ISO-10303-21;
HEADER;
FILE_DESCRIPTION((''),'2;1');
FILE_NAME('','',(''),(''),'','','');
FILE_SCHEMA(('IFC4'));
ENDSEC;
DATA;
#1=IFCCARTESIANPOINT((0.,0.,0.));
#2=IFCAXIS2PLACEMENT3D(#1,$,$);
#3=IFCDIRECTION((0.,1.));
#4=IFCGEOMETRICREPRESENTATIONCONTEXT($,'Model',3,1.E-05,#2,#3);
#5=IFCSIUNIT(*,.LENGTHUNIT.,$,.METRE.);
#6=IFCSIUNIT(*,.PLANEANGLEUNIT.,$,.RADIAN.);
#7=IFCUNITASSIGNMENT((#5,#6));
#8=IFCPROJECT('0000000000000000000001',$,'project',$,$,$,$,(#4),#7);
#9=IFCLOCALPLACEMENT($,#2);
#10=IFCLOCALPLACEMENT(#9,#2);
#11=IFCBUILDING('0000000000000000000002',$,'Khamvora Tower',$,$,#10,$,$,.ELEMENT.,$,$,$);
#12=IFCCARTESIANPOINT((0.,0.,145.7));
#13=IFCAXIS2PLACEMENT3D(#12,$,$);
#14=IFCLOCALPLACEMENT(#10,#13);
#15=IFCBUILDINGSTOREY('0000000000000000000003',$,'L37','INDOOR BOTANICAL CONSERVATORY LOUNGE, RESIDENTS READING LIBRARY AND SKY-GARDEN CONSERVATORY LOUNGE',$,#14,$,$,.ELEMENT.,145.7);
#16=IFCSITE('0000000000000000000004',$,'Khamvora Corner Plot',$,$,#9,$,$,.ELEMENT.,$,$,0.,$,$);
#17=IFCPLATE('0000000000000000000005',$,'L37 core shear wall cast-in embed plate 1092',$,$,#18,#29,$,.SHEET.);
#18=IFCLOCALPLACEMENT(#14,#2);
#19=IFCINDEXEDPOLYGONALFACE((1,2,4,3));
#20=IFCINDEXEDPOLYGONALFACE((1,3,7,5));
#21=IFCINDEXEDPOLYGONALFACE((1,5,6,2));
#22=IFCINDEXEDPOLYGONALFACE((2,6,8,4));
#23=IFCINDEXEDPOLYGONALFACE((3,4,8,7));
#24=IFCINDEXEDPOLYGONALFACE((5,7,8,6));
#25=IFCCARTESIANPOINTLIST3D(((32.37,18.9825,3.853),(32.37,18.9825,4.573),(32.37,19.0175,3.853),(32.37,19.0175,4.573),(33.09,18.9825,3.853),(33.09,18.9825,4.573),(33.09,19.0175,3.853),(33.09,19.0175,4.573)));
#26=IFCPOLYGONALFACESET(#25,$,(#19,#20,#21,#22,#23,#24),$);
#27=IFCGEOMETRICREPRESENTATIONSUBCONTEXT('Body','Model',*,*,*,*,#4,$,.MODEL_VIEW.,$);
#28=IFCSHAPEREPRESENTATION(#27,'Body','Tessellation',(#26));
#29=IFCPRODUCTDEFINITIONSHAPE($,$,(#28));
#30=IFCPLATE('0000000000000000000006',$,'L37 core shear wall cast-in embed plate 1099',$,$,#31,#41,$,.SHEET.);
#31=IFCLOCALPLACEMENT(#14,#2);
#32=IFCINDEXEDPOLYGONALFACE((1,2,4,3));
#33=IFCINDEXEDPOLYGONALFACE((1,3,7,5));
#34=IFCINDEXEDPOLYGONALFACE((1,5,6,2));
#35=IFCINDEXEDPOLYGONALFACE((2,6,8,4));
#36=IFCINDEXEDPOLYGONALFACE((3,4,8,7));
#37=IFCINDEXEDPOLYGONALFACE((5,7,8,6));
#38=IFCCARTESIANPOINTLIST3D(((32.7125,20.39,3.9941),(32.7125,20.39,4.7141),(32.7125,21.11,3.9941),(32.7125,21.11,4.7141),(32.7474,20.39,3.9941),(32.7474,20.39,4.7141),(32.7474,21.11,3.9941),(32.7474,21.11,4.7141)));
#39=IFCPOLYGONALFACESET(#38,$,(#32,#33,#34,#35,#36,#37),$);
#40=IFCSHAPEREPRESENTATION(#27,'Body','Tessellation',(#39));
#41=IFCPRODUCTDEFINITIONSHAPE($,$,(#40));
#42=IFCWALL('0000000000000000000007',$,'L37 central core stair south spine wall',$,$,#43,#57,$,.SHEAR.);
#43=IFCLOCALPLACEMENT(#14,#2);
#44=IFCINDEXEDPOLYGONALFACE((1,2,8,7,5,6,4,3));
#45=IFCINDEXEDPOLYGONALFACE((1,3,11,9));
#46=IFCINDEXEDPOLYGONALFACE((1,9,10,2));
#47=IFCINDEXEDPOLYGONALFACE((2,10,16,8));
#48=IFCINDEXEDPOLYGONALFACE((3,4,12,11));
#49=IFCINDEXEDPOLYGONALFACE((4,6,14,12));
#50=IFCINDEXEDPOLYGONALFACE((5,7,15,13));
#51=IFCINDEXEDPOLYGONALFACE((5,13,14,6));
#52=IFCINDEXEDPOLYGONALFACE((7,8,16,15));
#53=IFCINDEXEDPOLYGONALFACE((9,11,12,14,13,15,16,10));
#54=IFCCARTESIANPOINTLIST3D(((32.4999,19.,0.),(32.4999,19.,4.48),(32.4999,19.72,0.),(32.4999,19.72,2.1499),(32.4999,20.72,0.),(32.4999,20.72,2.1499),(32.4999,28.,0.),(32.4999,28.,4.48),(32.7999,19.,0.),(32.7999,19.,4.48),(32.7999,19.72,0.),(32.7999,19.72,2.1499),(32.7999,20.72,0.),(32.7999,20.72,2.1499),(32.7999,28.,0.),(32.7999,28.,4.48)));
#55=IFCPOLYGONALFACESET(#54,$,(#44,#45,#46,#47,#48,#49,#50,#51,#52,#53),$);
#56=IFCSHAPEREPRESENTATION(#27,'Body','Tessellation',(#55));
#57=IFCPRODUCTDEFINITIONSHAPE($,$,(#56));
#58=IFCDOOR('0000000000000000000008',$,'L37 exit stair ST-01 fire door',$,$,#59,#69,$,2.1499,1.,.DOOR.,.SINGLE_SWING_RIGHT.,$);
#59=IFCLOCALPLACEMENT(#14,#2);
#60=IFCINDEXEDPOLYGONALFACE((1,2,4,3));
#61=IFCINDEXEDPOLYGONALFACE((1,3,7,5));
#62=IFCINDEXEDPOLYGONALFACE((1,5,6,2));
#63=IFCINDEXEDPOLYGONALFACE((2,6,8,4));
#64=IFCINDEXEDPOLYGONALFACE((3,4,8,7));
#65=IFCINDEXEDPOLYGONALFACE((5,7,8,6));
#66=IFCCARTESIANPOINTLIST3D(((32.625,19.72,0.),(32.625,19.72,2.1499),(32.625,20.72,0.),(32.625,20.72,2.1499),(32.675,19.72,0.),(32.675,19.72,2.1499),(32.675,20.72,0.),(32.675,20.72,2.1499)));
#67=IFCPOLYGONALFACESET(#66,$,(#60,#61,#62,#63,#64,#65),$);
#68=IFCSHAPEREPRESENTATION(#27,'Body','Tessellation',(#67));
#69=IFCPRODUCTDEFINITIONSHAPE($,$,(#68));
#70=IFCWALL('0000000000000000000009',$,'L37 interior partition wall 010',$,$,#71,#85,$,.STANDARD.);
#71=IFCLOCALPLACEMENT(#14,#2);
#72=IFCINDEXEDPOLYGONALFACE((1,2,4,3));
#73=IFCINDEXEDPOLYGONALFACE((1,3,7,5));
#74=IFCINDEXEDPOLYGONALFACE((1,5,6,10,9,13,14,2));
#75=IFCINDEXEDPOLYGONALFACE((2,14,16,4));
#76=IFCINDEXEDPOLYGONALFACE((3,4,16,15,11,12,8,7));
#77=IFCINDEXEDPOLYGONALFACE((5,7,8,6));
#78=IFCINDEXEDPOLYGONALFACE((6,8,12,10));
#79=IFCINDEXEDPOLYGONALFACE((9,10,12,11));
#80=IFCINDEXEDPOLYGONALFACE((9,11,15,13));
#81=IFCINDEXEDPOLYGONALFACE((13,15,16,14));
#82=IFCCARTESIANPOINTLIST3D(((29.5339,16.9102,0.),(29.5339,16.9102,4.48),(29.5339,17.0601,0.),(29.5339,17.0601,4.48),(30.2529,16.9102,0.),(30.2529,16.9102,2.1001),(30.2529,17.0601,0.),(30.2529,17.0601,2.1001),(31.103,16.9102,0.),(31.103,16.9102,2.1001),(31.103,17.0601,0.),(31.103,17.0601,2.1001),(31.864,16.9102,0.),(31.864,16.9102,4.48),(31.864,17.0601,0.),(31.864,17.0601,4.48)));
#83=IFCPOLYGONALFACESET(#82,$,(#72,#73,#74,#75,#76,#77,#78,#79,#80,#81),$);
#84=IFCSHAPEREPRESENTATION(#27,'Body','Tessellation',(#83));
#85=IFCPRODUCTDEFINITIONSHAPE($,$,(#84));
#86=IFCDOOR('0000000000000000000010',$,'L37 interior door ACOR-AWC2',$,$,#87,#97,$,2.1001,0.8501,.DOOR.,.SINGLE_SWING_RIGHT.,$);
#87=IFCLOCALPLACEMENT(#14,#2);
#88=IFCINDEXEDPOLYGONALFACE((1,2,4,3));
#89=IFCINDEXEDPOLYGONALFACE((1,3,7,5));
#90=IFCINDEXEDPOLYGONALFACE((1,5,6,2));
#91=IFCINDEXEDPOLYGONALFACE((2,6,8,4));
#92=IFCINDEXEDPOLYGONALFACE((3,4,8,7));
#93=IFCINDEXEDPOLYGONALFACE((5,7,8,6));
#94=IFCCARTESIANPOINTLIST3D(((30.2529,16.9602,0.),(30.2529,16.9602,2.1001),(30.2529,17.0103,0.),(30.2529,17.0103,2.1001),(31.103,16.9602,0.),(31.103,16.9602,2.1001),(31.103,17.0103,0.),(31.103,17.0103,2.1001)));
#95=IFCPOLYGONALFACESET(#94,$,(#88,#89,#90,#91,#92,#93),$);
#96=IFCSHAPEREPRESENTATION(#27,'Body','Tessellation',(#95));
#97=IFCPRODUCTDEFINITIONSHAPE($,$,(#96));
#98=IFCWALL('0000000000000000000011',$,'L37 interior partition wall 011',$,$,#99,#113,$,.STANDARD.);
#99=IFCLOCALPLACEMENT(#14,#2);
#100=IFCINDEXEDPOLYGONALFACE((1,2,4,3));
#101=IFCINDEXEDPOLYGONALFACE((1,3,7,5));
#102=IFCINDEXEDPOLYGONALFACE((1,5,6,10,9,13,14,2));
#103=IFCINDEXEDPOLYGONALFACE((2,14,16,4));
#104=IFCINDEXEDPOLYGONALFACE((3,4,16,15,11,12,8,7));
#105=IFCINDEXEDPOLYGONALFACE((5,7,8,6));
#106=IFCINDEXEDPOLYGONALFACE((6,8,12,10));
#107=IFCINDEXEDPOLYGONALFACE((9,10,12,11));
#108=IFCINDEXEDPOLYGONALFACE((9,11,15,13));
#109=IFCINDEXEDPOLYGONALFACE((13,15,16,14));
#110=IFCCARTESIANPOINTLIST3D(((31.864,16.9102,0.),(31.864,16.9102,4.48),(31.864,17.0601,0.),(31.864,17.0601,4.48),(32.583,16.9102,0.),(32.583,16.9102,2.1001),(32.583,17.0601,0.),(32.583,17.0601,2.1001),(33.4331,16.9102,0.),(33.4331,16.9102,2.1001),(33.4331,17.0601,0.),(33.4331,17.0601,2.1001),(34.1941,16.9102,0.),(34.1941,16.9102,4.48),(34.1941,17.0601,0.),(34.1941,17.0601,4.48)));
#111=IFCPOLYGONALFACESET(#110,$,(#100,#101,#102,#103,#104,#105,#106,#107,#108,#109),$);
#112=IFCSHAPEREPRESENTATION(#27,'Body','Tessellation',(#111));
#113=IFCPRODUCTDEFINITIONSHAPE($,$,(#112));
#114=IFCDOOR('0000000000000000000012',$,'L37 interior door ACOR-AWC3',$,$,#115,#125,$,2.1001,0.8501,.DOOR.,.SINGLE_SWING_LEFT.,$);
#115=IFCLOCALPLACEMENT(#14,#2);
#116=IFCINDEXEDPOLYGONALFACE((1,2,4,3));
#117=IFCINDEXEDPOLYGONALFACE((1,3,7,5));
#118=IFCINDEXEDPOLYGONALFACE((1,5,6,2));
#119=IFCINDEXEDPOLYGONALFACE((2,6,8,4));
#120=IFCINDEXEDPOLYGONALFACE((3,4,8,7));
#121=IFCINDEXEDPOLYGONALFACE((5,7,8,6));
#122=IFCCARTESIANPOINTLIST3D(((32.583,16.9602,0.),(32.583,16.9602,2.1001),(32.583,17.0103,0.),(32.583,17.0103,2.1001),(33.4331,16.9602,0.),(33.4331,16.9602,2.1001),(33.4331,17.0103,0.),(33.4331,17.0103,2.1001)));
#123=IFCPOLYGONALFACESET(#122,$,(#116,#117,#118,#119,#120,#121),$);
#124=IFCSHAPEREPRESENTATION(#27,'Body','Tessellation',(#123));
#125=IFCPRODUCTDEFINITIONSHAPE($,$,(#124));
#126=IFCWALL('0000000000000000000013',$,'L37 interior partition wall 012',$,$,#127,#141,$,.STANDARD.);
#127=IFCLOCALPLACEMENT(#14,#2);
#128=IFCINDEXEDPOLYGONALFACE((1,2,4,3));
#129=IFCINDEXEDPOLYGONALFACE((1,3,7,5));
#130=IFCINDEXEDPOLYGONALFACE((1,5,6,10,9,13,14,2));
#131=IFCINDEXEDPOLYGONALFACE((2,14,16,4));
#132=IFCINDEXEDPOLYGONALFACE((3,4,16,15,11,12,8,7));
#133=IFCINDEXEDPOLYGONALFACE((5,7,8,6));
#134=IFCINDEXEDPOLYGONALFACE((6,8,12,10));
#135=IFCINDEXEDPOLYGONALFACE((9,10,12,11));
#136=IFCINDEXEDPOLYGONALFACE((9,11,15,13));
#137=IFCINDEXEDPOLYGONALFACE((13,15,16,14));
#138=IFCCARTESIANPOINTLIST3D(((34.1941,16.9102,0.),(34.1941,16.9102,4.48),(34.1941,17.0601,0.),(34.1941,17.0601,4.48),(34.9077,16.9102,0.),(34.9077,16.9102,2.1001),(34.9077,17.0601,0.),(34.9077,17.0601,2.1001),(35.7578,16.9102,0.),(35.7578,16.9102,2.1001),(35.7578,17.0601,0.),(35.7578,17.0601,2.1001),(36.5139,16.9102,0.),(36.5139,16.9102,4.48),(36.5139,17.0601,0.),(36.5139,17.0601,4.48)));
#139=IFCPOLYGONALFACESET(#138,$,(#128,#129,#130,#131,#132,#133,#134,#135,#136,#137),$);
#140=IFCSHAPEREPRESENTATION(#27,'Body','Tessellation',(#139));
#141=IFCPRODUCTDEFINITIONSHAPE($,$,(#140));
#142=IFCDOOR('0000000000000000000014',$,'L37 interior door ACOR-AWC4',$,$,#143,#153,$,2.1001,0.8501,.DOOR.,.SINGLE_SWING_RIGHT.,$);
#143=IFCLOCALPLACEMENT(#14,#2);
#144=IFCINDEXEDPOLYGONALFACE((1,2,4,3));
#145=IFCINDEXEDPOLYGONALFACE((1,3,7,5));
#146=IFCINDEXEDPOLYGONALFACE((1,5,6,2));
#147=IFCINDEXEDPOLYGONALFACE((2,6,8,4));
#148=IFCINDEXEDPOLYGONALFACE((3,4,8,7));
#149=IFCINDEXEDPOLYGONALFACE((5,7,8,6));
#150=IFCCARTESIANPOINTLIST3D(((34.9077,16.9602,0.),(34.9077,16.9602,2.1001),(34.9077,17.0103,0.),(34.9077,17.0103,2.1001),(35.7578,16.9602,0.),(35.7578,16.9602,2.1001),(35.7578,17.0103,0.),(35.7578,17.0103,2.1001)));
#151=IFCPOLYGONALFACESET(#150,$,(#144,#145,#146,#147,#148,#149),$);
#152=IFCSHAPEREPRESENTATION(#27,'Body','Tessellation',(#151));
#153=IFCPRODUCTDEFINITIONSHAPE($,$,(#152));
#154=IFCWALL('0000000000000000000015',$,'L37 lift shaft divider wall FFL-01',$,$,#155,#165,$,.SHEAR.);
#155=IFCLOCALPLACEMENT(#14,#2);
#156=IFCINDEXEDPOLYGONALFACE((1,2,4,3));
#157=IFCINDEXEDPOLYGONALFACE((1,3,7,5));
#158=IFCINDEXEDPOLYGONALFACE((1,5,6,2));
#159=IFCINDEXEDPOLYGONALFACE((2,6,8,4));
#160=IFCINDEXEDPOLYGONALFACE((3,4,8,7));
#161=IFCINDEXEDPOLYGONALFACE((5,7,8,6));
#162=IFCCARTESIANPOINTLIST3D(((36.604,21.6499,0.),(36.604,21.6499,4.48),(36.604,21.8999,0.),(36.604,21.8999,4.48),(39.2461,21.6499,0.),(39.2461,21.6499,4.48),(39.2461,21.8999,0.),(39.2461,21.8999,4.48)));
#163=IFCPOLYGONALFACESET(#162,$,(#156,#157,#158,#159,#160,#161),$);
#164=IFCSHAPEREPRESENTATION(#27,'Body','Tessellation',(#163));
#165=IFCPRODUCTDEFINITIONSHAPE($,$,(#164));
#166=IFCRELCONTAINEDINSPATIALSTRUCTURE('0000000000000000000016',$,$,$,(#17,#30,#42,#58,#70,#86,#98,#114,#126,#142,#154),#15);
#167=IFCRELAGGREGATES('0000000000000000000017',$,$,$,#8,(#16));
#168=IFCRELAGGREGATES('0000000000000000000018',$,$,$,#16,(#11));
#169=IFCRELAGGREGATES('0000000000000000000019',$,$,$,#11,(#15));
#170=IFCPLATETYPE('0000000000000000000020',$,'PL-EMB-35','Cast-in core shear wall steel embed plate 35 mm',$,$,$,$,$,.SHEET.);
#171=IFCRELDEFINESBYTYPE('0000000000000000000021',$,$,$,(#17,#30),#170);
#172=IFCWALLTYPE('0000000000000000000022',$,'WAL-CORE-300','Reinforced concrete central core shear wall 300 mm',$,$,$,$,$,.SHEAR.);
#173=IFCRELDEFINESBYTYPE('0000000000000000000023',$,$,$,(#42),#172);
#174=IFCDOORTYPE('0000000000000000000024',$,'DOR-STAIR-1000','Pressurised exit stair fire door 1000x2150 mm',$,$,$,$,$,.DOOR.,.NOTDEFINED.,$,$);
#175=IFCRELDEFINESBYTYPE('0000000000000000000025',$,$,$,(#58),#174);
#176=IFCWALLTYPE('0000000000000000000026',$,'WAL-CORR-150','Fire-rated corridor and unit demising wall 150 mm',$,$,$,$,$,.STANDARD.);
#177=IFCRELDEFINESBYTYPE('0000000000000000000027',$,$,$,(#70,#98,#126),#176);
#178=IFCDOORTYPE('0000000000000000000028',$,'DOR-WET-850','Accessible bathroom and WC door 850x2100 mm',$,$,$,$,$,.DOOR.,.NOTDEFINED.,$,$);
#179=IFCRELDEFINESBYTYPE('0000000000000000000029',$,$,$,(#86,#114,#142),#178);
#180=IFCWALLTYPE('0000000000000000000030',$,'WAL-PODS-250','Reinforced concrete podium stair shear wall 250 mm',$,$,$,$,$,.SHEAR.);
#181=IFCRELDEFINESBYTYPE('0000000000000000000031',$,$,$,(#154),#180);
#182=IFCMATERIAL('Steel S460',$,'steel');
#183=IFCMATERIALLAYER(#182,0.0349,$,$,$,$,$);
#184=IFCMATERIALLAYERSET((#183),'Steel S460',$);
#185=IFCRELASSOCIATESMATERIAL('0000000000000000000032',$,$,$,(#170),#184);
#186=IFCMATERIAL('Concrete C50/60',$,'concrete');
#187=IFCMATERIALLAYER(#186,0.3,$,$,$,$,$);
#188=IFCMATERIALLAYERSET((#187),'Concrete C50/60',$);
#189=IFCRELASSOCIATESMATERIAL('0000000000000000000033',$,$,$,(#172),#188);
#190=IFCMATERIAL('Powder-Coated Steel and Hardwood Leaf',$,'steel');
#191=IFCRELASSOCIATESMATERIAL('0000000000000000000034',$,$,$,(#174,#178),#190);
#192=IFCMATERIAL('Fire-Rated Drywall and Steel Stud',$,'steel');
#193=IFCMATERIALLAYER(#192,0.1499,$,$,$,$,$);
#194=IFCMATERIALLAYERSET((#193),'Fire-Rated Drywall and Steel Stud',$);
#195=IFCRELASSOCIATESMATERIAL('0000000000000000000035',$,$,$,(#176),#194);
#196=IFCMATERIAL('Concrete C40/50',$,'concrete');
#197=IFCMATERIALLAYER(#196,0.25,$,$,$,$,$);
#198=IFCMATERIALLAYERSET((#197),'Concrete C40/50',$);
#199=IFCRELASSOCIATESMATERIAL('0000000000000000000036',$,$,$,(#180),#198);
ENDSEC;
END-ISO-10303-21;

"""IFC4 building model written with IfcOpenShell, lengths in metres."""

from ifc_helpers import new_model, si_unit, direction, frame, frame_2d, origin, origin_2d, place, context, subcontext, project, spatial, rectangle, extrude, material, layer, layer_set, type_object, element, fill, save


model = new_model("IFC4")

# Units and contexts
model_context = context("Model", 3, precision=1e-05, world=origin(), true_north=direction((0.0, 1.0)))
body_context = subcontext(model_context, "Body", "Model", "MODEL_VIEW")
ifc_project = project(units=[si_unit("LENGTHUNIT", "METRE"), si_unit("PLANEANGLEUNIT", "RADIAN")], contexts=[model_context])

# Site, building, storey
site_placement = place(None, origin())
site = spatial("IfcSite", under=ifc_project, at=site_placement, Name="Khamvora Corner Plot", CompositionType="ELEMENT", RefElevation=0.0)
building_placement = place(site_placement, origin())
building = spatial("IfcBuilding", under=site, at=building_placement, Name="Khamvora Tower", CompositionType="ELEMENT")
storey_placement = place(building_placement, frame((0.0, 0.0, 145.7)))
storey = spatial("IfcBuildingStorey", under=building, at=storey_placement, Name="L37", Description="INDOOR BOTANICAL CONSERVATORY LOUNGE, RESIDENTS READING LIBRARY AND SKY-GARDEN CONSERVATORY LOUNGE", CompositionType="ELEMENT", Elevation=145.7)

# Shared definitions
ifc_material_1 = material(Name="Steel S460", Category="steel")

# Plates
ifc_layer_1 = layer(ifc_material_1, 0.0349)
ifc_layer_set_1 = layer_set([ifc_layer_1], Name="Steel S460")
plate_type = type_object("IfcPlateType", Name="PL-EMB-35", Description="Cast-in core shear wall steel embed plate 35 mm", PredefinedType="SHEET", material=ifc_layer_set_1)
plate_1_placement = place(storey_placement, frame((32.73, 19.0, 3.853), z_axis=(0.0, 0.0, 1.0), x_axis=(1.0, 0.0, 0.0)))
element("IfcPlate", 1, at=plate_1_placement, inside=storey, type_object=plate_type, Name="L37 core shear wall cast-in embed plate 1092", PredefinedType="SHEET", context=body_context, shape_type="SweptSolid", body=[
    extrude(rectangle(XDim=0.72, YDim=0.0349, at=origin_2d()), origin(), (0.0, 0.0, 1.0), 0.72),
])
plate_2_placement = place(storey_placement, frame((32.73, 20.75, 3.9941), z_axis=(0.0, 0.0, 1.0), x_axis=(1.0, 0.0, 0.0)))
element("IfcPlate", 2, at=plate_2_placement, inside=storey, type_object=plate_type, Name="L37 core shear wall cast-in embed plate 1099", PredefinedType="SHEET", context=body_context, shape_type="SweptSolid", body=[
    extrude(rectangle(XDim=0.0349, YDim=0.72, at=origin_2d()), origin(), (0.0, 0.0, 1.0), 0.72),
])

# Wall, opening, door
ifc_material_2 = material(Name="Concrete C50/60", Category="concrete")
ifc_layer_2 = layer(ifc_material_2, 0.3)
ifc_layer_set_2 = layer_set([ifc_layer_2], Name="Concrete C50/60")
wall_type_1 = type_object("IfcWallType", Name="WAL-CORE-300", Description="Reinforced concrete central core shear wall 300 mm", PredefinedType="SHEAR", material=ifc_layer_set_2)
wall_1_placement = place(storey_placement, frame((32.6499, 19.0, 0.0), z_axis=(0.0, 0.0, 1.0), x_axis=(0.0, 1.0, 0.0)))
wall_1 = element("IfcWall", 3, at=wall_1_placement, inside=storey, type_object=wall_type_1, Name="L37 central core stair south spine wall", PredefinedType="SHEAR", context=body_context, shape_type="SweptSolid", body=[
    extrude(rectangle(XDim=9.0, YDim=0.3, at=frame_2d((4.5, 0.0))), origin(), (0.0, 0.0, 1.0), 4.48),
])
opening_1_placement = place(wall_1_placement, frame((0.72, 0.0, 0.0)))
opening_1 = element("IfcOpeningElement", 4, at=opening_1_placement, cuts=wall_1, PredefinedType="OPENING", context=body_context, shape_type="SweptSolid", body=[
    extrude(rectangle(XDim=1.0, YDim=2.1499, at=frame_2d((0.5, 1.075))), frame((0.0, 0.1599, 0.0), z_axis=(0.0, -1.0, 0.0), x_axis=(1.0, 0.0, 0.0)), (0.0, 0.0, 1.0), 0.3201),
])
ifc_material_3 = material(Name="Powder-Coated Steel and Hardwood Leaf", Category="steel")
door_type_1 = type_object("IfcDoorType", Name="DOR-STAIR-1000", Description="Pressurised exit stair fire door 1000x2150 mm", OperationType="NOTDEFINED", PredefinedType="DOOR", material=ifc_material_3)
door_1_placement = place(opening_1_placement, origin())
door_1 = element("IfcDoor", 5, at=door_1_placement, inside=storey, type_object=door_type_1, Name="L37 exit stair ST-01 fire door", OperationType="SINGLE_SWING_RIGHT", OverallHeight=2.1499, OverallWidth=1.0, PredefinedType="DOOR", context=body_context, shape_type="SweptSolid", body=[
    extrude(rectangle(XDim=1.0, YDim=2.1499, at=frame_2d((0.5, 1.075))), frame((0.0, 0.0249, 0.0), z_axis=(0.0, -1.0, 0.0), x_axis=(1.0, 0.0, 0.0)), (0.0, 0.0, 1.0), 0.05),
])
fill(opening_1, door_1)

# Walls, openings, doors
ifc_material_4 = material(Name="Fire-Rated Drywall and Steel Stud", Category="steel")
ifc_layer_3 = layer(ifc_material_4, 0.1499)
ifc_layer_set_3 = layer_set([ifc_layer_3], Name="Fire-Rated Drywall and Steel Stud")
wall_type_2 = type_object("IfcWallType", Name="WAL-CORR-150", Description="Fire-rated corridor and unit demising wall 150 mm", PredefinedType="STANDARD", material=ifc_layer_set_3)
wall_2_placement = place(storey_placement, frame((31.864, 16.9851, 0.0), z_axis=(0.0, 0.0, 1.0), x_axis=(-1.0, 0.0, 0.0)))
wall_2 = element("IfcWall", 6, at=wall_2_placement, inside=storey, type_object=wall_type_2, Name="L37 interior partition wall 010", PredefinedType="STANDARD", context=body_context, shape_type="SweptSolid", body=[
    extrude(rectangle(XDim=2.3301, YDim=0.1499, at=frame_2d((1.165, 0.0))), origin(), (0.0, 0.0, 1.0), 4.48),
])
opening_2_placement = place(wall_2_placement, frame((0.761, 0.0, 0.0)))
opening_2 = element("IfcOpeningElement", 7, at=opening_2_placement, cuts=wall_2, PredefinedType="OPENING", context=body_context, shape_type="SweptSolid", body=[
    extrude(rectangle(XDim=0.8501, YDim=2.1001, at=frame_2d((0.425, 1.05))), frame((0.0, 0.085, 0.0), z_axis=(0.0, -1.0, 0.0), x_axis=(1.0, 0.0, 0.0)), (0.0, 0.0, 1.0), 0.1699),
])
door_type_2 = type_object("IfcDoorType", Name="DOR-WET-850", Description="Accessible bathroom and WC door 850x2100 mm", OperationType="NOTDEFINED", PredefinedType="DOOR", material=ifc_material_3)
door_2_placement = place(opening_2_placement, origin())
door_2 = element("IfcDoor", 8, at=door_2_placement, inside=storey, type_object=door_type_2, Name="L37 interior door ACOR-AWC2", OperationType="SINGLE_SWING_RIGHT", OverallHeight=2.1001, OverallWidth=0.8501, PredefinedType="DOOR", context=body_context, shape_type="SweptSolid", body=[
    extrude(rectangle(XDim=0.8501, YDim=2.1001, at=frame_2d((0.425, 1.05))), frame((0.0, 0.0249, 0.0), z_axis=(0.0, -1.0, 0.0), x_axis=(1.0, 0.0, 0.0)), (0.0, 0.0, 1.0), 0.05),
])
fill(opening_2, door_2)
wall_3_placement = place(storey_placement, frame((34.1941, 16.9851, 0.0), z_axis=(0.0, 0.0, 1.0), x_axis=(-1.0, 0.0, 0.0)))
wall_3 = element("IfcWall", 9, at=wall_3_placement, inside=storey, type_object=wall_type_2, Name="L37 interior partition wall 011", PredefinedType="STANDARD", context=body_context, shape_type="SweptSolid", body=[
    extrude(rectangle(XDim=2.3301, YDim=0.1499, at=frame_2d((1.165, 0.0))), origin(), (0.0, 0.0, 1.0), 4.48),
])
opening_3_placement = place(wall_3_placement, frame((0.761, 0.0, 0.0)))
opening_3 = element("IfcOpeningElement", 10, at=opening_3_placement, cuts=wall_3, PredefinedType="OPENING", context=body_context, shape_type="SweptSolid", body=[
    extrude(rectangle(XDim=0.8501, YDim=2.1001, at=frame_2d((0.425, 1.05))), frame((0.0, 0.085, 0.0), z_axis=(0.0, -1.0, 0.0), x_axis=(1.0, 0.0, 0.0)), (0.0, 0.0, 1.0), 0.1699),
])
door_3_placement = place(opening_3_placement, origin())
door_3 = element("IfcDoor", 11, at=door_3_placement, inside=storey, type_object=door_type_2, Name="L37 interior door ACOR-AWC3", OperationType="SINGLE_SWING_LEFT", OverallHeight=2.1001, OverallWidth=0.8501, PredefinedType="DOOR", context=body_context, shape_type="SweptSolid", body=[
    extrude(rectangle(XDim=0.8501, YDim=2.1001, at=frame_2d((0.425, 1.05))), frame((0.0, 0.0249, 0.0), z_axis=(0.0, -1.0, 0.0), x_axis=(1.0, 0.0, 0.0)), (0.0, 0.0, 1.0), 0.05),
])
fill(opening_3, door_3)
wall_4_placement = place(storey_placement, frame((36.5139, 16.9851, 0.0), z_axis=(0.0, 0.0, 1.0), x_axis=(-1.0, 0.0, 0.0)))
wall_4 = element("IfcWall", 12, at=wall_4_placement, inside=storey, type_object=wall_type_2, Name="L37 interior partition wall 012", PredefinedType="STANDARD", context=body_context, shape_type="SweptSolid", body=[
    extrude(rectangle(XDim=2.3198, YDim=0.1499, at=frame_2d((1.1599, 0.0))), origin(), (0.0, 0.0, 1.0), 4.48),
])
opening_4_placement = place(wall_4_placement, frame((0.7561, 0.0, 0.0)))
opening_4 = element("IfcOpeningElement", 13, at=opening_4_placement, cuts=wall_4, PredefinedType="OPENING", context=body_context, shape_type="SweptSolid", body=[
    extrude(rectangle(XDim=0.8501, YDim=2.1001, at=frame_2d((0.425, 1.05))), frame((0.0, 0.085, 0.0), z_axis=(0.0, -1.0, 0.0), x_axis=(1.0, 0.0, 0.0)), (0.0, 0.0, 1.0), 0.1699),
])
door_4_placement = place(opening_4_placement, origin())
door_4 = element("IfcDoor", 14, at=door_4_placement, inside=storey, type_object=door_type_2, Name="L37 interior door ACOR-AWC4", OperationType="SINGLE_SWING_RIGHT", OverallHeight=2.1001, OverallWidth=0.8501, PredefinedType="DOOR", context=body_context, shape_type="SweptSolid", body=[
    extrude(rectangle(XDim=0.8501, YDim=2.1001, at=frame_2d((0.425, 1.05))), frame((0.0, 0.0249, 0.0), z_axis=(0.0, -1.0, 0.0), x_axis=(1.0, 0.0, 0.0)), (0.0, 0.0, 1.0), 0.05),
])
fill(opening_4, door_4)

# Wall
ifc_material_5 = material(Name="Concrete C40/50", Category="concrete")
ifc_layer_4 = layer(ifc_material_5, 0.25)
ifc_layer_set_4 = layer_set([ifc_layer_4], Name="Concrete C40/50")
wall_type_3 = type_object("IfcWallType", Name="WAL-PODS-250", Description="Reinforced concrete podium stair shear wall 250 mm", PredefinedType="SHEAR", material=ifc_layer_set_4)
for number, where, z_axis, x_axis, name in (
    (15, (36.604, 21.7749, 0.0), (0.0, 0.0, 1.0), (1.0, 0.0, 0.0), "L37 lift shaft divider wall FFL-01"),
):
    element("IfcWall", number, at=place(storey_placement, frame(where, z_axis=z_axis, x_axis=x_axis)), inside=storey, type_object=wall_type_3, Name=name, PredefinedType="SHEAR", context=body_context, shape_type="SweptSolid", body=[
        extrude(rectangle(XDim=2.6421, YDim=0.25, at=frame_2d((1.321, 0.0))), origin(), (0.0, 0.0, 1.0), 4.48),
    ])

save(model, "model.ifc")
